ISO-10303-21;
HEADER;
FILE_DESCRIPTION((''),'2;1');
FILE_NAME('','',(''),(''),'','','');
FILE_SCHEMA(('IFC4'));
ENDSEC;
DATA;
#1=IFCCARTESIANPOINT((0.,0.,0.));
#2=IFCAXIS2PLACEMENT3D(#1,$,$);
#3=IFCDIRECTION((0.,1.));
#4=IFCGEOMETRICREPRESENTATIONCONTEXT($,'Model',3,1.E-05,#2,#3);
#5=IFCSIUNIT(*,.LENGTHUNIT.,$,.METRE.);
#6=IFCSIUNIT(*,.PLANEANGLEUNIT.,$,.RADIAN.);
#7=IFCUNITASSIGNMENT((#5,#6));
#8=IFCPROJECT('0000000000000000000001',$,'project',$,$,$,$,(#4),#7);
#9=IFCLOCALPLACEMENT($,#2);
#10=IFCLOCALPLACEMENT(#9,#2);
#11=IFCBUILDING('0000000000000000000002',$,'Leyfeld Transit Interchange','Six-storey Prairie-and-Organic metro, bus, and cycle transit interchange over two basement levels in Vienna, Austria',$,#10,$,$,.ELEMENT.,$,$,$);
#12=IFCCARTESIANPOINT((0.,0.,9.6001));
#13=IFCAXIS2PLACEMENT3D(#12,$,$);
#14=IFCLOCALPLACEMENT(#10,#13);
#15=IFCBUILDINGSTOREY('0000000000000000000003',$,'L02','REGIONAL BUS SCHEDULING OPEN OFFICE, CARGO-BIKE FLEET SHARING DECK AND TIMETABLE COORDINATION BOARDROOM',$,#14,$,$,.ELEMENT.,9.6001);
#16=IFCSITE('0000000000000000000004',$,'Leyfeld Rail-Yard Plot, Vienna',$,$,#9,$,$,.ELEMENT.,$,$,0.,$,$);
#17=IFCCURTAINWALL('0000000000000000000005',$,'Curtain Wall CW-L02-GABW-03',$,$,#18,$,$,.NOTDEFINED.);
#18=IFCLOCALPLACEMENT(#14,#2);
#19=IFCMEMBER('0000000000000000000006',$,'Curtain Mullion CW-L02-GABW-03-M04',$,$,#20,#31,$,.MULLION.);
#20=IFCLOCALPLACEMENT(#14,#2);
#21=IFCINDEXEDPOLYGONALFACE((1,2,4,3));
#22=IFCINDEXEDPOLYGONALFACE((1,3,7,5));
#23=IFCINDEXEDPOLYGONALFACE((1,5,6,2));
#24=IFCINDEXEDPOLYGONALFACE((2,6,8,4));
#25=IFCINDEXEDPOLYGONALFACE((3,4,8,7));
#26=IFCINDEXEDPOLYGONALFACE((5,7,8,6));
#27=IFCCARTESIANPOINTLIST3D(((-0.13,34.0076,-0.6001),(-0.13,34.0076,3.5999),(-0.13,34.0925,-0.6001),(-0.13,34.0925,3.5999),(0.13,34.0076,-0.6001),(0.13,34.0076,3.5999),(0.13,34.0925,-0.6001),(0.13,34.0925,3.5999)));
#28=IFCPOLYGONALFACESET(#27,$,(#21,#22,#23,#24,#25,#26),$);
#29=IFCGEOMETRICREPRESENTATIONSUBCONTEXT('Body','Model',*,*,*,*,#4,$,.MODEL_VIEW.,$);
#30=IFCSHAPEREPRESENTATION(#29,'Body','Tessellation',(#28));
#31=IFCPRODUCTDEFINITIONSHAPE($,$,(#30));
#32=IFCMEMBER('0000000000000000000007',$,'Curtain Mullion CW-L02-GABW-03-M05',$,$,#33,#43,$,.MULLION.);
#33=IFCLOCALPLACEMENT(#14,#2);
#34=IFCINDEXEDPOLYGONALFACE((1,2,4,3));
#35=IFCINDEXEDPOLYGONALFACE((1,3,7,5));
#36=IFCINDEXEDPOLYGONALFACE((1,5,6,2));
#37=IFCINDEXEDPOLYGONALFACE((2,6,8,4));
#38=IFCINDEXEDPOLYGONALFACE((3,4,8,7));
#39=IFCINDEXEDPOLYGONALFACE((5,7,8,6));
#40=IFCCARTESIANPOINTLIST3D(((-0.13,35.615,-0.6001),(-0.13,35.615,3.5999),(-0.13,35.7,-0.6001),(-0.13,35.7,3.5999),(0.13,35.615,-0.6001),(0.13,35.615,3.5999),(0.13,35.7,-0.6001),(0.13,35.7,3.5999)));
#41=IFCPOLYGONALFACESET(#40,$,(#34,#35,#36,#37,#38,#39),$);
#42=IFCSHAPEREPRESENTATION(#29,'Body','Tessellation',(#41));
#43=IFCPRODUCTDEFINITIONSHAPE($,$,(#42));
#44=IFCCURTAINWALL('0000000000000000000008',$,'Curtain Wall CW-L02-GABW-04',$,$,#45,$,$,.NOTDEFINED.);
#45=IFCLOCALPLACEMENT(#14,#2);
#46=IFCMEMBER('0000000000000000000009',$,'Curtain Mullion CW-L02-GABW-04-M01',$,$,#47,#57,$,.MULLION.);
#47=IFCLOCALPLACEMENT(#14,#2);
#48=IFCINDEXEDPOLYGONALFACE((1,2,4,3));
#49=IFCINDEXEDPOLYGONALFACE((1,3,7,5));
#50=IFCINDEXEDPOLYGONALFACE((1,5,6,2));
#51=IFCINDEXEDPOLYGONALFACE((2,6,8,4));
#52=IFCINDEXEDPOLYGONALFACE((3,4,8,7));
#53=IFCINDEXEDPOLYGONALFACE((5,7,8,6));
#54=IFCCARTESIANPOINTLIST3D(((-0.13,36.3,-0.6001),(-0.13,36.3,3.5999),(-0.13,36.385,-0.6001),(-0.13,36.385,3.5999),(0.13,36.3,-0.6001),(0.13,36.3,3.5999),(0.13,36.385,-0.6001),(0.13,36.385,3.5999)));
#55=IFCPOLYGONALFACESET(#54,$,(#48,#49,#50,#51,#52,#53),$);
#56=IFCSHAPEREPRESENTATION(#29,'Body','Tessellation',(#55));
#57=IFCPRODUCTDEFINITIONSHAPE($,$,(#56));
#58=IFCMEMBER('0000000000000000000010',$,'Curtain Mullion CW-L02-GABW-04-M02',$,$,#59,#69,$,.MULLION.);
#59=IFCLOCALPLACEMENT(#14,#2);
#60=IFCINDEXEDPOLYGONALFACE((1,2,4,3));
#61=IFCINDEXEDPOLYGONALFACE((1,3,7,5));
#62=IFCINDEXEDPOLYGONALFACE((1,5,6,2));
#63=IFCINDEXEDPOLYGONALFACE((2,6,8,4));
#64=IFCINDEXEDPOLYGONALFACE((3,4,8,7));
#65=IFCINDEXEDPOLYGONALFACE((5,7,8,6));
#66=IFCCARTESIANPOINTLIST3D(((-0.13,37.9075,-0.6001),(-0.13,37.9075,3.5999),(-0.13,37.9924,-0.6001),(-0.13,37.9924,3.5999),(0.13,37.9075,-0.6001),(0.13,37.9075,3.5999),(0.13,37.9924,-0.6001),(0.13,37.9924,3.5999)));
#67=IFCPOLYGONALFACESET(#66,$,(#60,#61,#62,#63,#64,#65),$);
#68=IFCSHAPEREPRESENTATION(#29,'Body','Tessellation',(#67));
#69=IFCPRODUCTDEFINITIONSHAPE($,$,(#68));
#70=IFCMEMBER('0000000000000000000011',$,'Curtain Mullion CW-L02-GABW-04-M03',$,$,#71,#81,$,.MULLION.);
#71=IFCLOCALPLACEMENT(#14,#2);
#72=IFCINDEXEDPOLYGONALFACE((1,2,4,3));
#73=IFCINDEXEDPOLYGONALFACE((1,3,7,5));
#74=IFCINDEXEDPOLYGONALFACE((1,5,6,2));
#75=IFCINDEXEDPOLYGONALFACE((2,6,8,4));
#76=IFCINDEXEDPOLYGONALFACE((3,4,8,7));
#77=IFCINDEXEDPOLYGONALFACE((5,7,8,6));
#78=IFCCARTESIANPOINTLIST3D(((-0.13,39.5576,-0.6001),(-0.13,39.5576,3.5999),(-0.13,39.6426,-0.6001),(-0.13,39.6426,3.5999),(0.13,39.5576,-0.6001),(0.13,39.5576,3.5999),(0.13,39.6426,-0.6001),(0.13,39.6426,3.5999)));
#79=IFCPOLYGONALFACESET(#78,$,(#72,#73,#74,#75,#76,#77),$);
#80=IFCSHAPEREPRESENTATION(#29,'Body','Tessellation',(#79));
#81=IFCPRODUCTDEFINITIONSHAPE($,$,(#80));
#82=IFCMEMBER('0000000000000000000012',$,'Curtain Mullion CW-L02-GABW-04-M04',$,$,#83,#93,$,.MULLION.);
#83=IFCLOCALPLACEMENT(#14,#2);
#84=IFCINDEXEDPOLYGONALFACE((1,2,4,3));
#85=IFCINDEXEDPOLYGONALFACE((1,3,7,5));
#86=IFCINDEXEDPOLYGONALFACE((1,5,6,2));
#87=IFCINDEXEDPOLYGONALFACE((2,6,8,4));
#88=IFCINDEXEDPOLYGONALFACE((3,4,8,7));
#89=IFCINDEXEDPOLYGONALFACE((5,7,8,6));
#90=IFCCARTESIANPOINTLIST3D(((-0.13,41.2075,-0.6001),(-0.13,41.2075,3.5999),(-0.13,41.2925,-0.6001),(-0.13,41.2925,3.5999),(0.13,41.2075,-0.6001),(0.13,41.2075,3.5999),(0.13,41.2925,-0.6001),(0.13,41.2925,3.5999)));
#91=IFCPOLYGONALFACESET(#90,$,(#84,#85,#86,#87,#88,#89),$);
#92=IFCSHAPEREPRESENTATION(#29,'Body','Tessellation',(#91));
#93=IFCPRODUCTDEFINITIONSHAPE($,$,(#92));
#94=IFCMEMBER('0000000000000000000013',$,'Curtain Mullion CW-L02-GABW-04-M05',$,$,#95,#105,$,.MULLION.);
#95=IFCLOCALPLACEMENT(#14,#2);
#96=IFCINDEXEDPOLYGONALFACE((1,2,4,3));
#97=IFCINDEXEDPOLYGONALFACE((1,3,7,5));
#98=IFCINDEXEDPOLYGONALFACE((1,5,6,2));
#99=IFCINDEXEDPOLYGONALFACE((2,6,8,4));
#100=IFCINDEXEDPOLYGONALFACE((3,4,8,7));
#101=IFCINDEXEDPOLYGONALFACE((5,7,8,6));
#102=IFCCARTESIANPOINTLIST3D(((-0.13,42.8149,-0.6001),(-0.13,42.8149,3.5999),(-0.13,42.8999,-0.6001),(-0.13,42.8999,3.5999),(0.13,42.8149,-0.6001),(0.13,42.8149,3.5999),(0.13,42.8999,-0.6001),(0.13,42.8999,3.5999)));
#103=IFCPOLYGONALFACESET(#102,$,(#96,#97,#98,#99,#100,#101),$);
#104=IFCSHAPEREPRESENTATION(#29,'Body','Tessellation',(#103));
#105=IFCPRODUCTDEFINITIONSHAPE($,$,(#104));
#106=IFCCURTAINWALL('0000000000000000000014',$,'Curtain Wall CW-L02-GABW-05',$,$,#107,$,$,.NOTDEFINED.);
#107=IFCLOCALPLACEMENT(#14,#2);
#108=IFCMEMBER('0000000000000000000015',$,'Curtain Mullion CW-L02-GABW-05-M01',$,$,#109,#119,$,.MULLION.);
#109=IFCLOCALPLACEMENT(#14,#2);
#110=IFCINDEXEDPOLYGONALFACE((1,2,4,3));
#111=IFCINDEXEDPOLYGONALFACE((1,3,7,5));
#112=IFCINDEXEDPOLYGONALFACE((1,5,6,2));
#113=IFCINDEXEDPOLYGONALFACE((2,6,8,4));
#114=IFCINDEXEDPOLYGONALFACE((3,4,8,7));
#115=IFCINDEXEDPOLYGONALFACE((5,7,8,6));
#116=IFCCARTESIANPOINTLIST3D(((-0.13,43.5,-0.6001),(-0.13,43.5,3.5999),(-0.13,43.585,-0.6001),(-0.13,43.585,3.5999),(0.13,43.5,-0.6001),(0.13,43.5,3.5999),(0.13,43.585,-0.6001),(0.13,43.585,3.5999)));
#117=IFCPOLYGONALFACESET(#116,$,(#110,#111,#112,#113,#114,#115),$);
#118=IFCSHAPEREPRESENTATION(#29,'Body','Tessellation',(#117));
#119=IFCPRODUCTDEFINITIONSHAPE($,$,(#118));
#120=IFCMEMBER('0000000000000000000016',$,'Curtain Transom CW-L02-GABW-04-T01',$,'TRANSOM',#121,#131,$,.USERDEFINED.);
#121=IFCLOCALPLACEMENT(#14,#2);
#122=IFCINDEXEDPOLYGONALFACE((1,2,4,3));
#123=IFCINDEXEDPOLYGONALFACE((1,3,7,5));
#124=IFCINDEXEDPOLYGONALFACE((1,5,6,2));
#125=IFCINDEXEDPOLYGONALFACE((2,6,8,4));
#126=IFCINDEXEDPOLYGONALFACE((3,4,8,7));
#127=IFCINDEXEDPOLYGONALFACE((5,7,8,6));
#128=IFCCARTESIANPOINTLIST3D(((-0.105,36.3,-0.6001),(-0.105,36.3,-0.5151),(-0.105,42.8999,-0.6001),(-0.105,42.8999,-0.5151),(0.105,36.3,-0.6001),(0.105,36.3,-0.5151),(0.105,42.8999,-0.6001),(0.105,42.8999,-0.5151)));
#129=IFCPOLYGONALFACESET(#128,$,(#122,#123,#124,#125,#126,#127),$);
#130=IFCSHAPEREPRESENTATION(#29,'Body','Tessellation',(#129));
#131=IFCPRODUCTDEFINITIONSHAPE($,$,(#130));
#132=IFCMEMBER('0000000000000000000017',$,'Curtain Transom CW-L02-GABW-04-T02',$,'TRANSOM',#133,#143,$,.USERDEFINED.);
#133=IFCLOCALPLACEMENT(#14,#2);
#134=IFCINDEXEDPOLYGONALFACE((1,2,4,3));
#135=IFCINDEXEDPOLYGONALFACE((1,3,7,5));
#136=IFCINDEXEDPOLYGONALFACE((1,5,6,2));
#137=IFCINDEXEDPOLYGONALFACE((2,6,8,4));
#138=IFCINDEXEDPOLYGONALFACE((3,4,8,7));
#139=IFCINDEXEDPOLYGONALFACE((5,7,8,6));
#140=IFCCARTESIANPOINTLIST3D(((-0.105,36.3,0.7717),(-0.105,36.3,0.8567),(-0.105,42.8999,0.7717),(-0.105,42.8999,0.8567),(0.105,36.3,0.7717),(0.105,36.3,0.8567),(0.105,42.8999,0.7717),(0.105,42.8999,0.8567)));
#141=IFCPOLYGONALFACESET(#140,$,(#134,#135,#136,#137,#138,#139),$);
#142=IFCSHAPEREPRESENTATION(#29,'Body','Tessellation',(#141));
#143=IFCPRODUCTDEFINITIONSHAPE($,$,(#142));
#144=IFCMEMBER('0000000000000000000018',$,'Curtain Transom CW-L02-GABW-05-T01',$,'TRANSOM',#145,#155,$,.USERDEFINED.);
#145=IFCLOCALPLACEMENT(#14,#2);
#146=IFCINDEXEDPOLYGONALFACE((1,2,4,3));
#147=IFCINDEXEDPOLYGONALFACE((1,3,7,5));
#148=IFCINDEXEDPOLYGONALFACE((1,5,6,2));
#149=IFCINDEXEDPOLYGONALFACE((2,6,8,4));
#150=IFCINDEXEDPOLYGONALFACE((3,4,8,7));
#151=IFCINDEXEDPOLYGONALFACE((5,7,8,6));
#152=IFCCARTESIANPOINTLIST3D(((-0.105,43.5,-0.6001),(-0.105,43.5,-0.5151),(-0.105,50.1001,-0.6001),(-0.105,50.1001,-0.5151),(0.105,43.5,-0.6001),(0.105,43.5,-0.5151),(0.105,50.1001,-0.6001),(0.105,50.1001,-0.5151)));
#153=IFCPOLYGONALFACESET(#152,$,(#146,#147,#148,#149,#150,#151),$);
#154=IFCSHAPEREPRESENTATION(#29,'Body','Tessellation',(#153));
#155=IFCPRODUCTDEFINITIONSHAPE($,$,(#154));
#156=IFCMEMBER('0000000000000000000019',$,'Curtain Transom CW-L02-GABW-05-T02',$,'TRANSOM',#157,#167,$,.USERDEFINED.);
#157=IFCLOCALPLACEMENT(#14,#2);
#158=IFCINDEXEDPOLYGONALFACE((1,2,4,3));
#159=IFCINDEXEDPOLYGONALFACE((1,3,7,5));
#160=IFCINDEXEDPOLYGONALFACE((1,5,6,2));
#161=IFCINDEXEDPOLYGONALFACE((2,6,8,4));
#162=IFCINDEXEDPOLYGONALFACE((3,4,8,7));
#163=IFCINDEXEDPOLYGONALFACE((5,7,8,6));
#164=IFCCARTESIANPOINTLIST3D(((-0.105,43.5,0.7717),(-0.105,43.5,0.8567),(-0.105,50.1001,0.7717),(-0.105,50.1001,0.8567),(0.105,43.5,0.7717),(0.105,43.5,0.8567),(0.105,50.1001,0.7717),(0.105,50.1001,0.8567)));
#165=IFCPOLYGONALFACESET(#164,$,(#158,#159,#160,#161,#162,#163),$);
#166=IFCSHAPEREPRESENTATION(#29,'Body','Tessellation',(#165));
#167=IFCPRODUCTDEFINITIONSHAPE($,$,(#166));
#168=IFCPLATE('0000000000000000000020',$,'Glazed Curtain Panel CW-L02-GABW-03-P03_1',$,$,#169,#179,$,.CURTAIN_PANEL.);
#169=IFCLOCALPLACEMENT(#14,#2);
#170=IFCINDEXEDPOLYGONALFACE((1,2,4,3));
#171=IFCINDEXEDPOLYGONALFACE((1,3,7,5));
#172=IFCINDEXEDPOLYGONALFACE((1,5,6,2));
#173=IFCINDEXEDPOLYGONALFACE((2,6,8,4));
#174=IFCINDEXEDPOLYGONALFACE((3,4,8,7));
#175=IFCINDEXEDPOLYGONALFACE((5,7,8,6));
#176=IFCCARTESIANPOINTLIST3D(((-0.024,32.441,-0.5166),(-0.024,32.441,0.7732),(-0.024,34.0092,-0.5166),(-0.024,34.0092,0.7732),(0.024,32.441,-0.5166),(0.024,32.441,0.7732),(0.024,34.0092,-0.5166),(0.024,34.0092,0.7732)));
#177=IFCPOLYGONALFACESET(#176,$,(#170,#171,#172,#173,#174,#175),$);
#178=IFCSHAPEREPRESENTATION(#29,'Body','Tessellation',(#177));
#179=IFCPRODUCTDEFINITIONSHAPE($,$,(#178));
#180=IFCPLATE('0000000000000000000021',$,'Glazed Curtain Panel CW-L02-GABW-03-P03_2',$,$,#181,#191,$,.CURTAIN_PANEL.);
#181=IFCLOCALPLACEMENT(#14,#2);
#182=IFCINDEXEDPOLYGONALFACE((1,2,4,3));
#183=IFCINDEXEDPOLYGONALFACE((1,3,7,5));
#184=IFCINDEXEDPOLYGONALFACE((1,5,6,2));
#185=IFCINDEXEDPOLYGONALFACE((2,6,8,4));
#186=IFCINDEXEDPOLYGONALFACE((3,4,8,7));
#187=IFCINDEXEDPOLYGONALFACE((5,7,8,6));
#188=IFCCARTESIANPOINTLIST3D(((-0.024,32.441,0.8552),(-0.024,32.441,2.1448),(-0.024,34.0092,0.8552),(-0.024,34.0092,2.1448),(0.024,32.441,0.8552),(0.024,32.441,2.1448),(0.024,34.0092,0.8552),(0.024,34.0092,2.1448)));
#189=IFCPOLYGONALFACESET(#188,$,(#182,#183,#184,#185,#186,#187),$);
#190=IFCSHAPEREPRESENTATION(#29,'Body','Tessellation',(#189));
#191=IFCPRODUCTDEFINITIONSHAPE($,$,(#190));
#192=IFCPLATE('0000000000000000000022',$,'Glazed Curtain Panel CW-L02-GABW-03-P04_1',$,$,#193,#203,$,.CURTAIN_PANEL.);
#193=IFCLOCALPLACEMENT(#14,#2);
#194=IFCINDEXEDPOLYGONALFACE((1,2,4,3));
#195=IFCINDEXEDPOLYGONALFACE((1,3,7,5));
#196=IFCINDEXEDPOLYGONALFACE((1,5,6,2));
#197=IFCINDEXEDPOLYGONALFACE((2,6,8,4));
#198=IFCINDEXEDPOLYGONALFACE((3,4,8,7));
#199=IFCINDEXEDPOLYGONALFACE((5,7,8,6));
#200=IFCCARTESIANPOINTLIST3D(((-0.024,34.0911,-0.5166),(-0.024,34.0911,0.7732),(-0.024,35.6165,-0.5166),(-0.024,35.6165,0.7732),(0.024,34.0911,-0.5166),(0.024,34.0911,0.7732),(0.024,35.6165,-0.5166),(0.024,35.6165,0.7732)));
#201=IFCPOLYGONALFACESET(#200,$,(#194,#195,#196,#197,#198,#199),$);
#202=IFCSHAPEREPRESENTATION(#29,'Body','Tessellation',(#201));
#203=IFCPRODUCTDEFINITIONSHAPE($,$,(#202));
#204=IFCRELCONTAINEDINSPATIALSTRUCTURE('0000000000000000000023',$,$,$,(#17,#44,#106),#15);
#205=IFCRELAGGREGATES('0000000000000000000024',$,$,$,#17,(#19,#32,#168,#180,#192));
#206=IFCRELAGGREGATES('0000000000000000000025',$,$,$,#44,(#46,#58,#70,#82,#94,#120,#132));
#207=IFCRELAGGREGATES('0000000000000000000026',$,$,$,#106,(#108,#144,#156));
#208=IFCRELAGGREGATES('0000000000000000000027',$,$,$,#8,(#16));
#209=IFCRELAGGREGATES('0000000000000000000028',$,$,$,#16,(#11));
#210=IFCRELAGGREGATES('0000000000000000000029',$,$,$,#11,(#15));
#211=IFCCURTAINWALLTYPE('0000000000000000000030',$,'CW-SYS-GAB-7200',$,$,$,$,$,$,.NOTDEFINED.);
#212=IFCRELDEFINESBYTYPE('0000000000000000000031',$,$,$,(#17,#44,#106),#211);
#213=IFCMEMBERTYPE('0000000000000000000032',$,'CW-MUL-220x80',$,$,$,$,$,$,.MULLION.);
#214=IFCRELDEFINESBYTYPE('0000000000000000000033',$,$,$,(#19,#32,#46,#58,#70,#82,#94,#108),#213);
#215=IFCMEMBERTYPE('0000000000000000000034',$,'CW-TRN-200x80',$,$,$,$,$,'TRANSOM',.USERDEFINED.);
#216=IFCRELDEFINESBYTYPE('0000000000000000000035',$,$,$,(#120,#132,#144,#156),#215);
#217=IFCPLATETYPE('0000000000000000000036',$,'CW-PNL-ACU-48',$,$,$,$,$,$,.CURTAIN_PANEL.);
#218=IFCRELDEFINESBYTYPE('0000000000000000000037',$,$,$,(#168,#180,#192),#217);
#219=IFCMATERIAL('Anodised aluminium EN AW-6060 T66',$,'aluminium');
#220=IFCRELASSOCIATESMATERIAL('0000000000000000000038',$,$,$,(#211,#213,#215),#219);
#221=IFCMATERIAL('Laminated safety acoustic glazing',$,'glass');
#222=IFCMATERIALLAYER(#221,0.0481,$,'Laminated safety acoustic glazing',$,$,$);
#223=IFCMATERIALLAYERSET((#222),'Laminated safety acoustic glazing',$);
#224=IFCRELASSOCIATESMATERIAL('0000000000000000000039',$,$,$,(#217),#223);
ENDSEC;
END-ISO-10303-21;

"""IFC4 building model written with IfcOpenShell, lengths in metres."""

from ifc_helpers import new_model, si_unit, direction, frame, origin, origin_2d, place, context, subcontext, project, spatial, rectangle, extrude, material, layer, layer_set, material_profile, profile_set, type_object, element, aggregate, save


model = new_model("IFC4")

# Units and contexts
model_context = context("Model", 3, precision=1e-05, world=origin(), true_north=direction((0.0, 1.0)))
body_context = subcontext(model_context, "Body", "Model", "MODEL_VIEW")
ifc_project = project(units=[si_unit("LENGTHUNIT", "METRE"), si_unit("PLANEANGLEUNIT", "RADIAN")], contexts=[model_context])

# Site, building, storey
site_placement = place(None, origin())
site = spatial("IfcSite", under=ifc_project, at=site_placement, Name="Leyfeld Rail-Yard Plot, Vienna", CompositionType="ELEMENT", RefElevation=0.0)
building_placement = place(site_placement, origin())
building = spatial("IfcBuilding", under=site, at=building_placement, Name="Leyfeld Transit Interchange", Description="Six-storey Prairie-and-Organic metro, bus, and cycle transit interchange over two basement levels in Vienna, Austria", CompositionType="ELEMENT")
storey_placement = place(building_placement, frame((0.0, 0.0, 9.6001)))
storey = spatial("IfcBuildingStorey", under=building, at=storey_placement, Name="L02", Description="REGIONAL BUS SCHEDULING OPEN OFFICE, CARGO-BIKE FLEET SHARING DECK AND TIMETABLE COORDINATION BOARDROOM", CompositionType="ELEMENT", Elevation=9.6001)

# Curtain walls, members
ifc_material_1 = material(Name="Anodised aluminium EN AW-6060 T66", Category="aluminium")
curtain_wall_type = type_object("IfcCurtainWallType", Name="CW-SYS-GAB-7200", PredefinedType="NOTDEFINED", material=ifc_material_1)
curtain_wall_1_placement = place(storey_placement, origin())
curtain_wall_1 = element("IfcCurtainWall", 1, at=curtain_wall_1_placement, inside=storey, type_object=curtain_wall_type, Name="Curtain Wall CW-L02-GABW-03", PredefinedType="NOTDEFINED")
ifc_material_profile_1 = material_profile(ifc_material_1, rectangle(XDim=0.085, YDim=0.26, at=origin_2d()), Name="CW-M 85x260")
ifc_profile_set_1 = profile_set([ifc_material_profile_1], Name="Anodised aluminium EN AW-6060 T66")
member_type_1 = type_object("IfcMemberType", Name="CW-MUL-220x80", PredefinedType="MULLION", material=ifc_profile_set_1)
member_1_placement = place(storey_placement, frame((0.0, 34.05, -0.6001), z_axis=(0.0, 0.0, 1.0), x_axis=(0.0, 1.0, 0.0)))
member_1 = element("IfcMember", 2, at=member_1_placement, type_object=member_type_1, Name="Curtain Mullion CW-L02-GABW-03-M04", PredefinedType="MULLION", context=body_context, shape_type="SweptSolid", body=[
    extrude(rectangle(XDim=0.085, YDim=0.26, at=origin_2d()), origin(), (0.0, 0.0, 1.0), 4.2),
])
member_2_placement = place(storey_placement, frame((0.0, 35.6575, -0.6001), z_axis=(0.0, 0.0, 1.0), x_axis=(0.0, 1.0, 0.0)))
member_2 = element("IfcMember", 3, at=member_2_placement, type_object=member_type_1, Name="Curtain Mullion CW-L02-GABW-03-M05", PredefinedType="MULLION", context=body_context, shape_type="SweptSolid", body=[
    extrude(rectangle(XDim=0.085, YDim=0.26, at=origin_2d()), origin(), (0.0, 0.0, 1.0), 4.2),
])
curtain_wall_2_placement = place(storey_placement, origin())
curtain_wall_2 = element("IfcCurtainWall", 4, at=curtain_wall_2_placement, inside=storey, type_object=curtain_wall_type, Name="Curtain Wall CW-L02-GABW-04", PredefinedType="NOTDEFINED")
member_3_placement = place(storey_placement, frame((0.0, 36.3425, -0.6001), z_axis=(0.0, 0.0, 1.0), x_axis=(0.0, 1.0, 0.0)))
member_3 = element("IfcMember", 5, at=member_3_placement, type_object=member_type_1, Name="Curtain Mullion CW-L02-GABW-04-M01", PredefinedType="MULLION", context=body_context, shape_type="SweptSolid", body=[
    extrude(rectangle(XDim=0.085, YDim=0.26, at=origin_2d()), origin(), (0.0, 0.0, 1.0), 4.2),
])
member_4_placement = place(storey_placement, frame((0.0, 37.95, -0.6001), z_axis=(0.0, 0.0, 1.0), x_axis=(0.0, 1.0, 0.0)))
member_4 = element("IfcMember", 6, at=member_4_placement, type_object=member_type_1, Name="Curtain Mullion CW-L02-GABW-04-M02", PredefinedType="MULLION", context=body_context, shape_type="SweptSolid", body=[
    extrude(rectangle(XDim=0.085, YDim=0.26, at=origin_2d()), origin(), (0.0, 0.0, 1.0), 4.2),
])
member_5_placement = place(storey_placement, frame((0.0, 39.6001, -0.6001), z_axis=(0.0, 0.0, 1.0), x_axis=(0.0, 1.0, 0.0)))
member_5 = element("IfcMember", 7, at=member_5_placement, type_object=member_type_1, Name="Curtain Mullion CW-L02-GABW-04-M03", PredefinedType="MULLION", context=body_context, shape_type="SweptSolid", body=[
    extrude(rectangle(XDim=0.085, YDim=0.26, at=origin_2d()), origin(), (0.0, 0.0, 1.0), 4.2),
])
member_6_placement = place(storey_placement, frame((0.0, 41.25, -0.6001), z_axis=(0.0, 0.0, 1.0), x_axis=(0.0, 1.0, 0.0)))
member_6 = element("IfcMember", 8, at=member_6_placement, type_object=member_type_1, Name="Curtain Mullion CW-L02-GABW-04-M04", PredefinedType="MULLION", context=body_context, shape_type="SweptSolid", body=[
    extrude(rectangle(XDim=0.085, YDim=0.26, at=origin_2d()), origin(), (0.0, 0.0, 1.0), 4.2),
])
member_7_placement = place(storey_placement, frame((0.0, 42.8574, -0.6001), z_axis=(0.0, 0.0, 1.0), x_axis=(0.0, 1.0, 0.0)))
member_7 = element("IfcMember", 9, at=member_7_placement, type_object=member_type_1, Name="Curtain Mullion CW-L02-GABW-04-M05", PredefinedType="MULLION", context=body_context, shape_type="SweptSolid", body=[
    extrude(rectangle(XDim=0.085, YDim=0.26, at=origin_2d()), origin(), (0.0, 0.0, 1.0), 4.2),
])

# Curtain wall, member
curtain_wall_3_placement = place(storey_placement, origin())
curtain_wall_3 = element("IfcCurtainWall", 10, at=curtain_wall_3_placement, inside=storey, type_object=curtain_wall_type, Name="Curtain Wall CW-L02-GABW-05", PredefinedType="NOTDEFINED")
member_8_placement = place(storey_placement, frame((0.0, 43.5425, -0.6001), z_axis=(0.0, 0.0, 1.0), x_axis=(0.0, 1.0, 0.0)))
member_8 = element("IfcMember", 11, at=member_8_placement, type_object=member_type_1, Name="Curtain Mullion CW-L02-GABW-05-M01", PredefinedType="MULLION", context=body_context, shape_type="SweptSolid", body=[
    extrude(rectangle(XDim=0.085, YDim=0.26, at=origin_2d()), origin(), (0.0, 0.0, 1.0), 4.2),
])

# Members
ifc_material_profile_2 = material_profile(ifc_material_1, rectangle(XDim=0.21, YDim=0.085, at=origin_2d()), Name="CW-TRN-200x80")
ifc_profile_set_2 = profile_set([ifc_material_profile_2], Name="Anodised aluminium EN AW-6060 T66")
member_type_2 = type_object("IfcMemberType", Name="CW-TRN-200x80", ElementType="TRANSOM", PredefinedType="USERDEFINED", material=ifc_profile_set_2)
member_9_placement = place(storey_placement, frame((0.0, 36.3, -0.5576), z_axis=(0.0, 1.0, 0.0), x_axis=(-1.0, 0.0, 0.0)))
member_9 = element("IfcMember", 12, at=member_9_placement, type_object=member_type_2, Name="Curtain Transom CW-L02-GABW-04-T01", ObjectType="TRANSOM", PredefinedType="USERDEFINED", context=body_context, shape_type="SweptSolid", body=[
    extrude(rectangle(XDim=0.21, YDim=0.085, at=origin_2d()), origin(), (0.0, 0.0, 1.0), 6.5999),
])
member_10_placement = place(storey_placement, frame((0.0, 36.3, 0.8142), z_axis=(0.0, 1.0, 0.0), x_axis=(-1.0, 0.0, 0.0)))
member_10 = element("IfcMember", 13, at=member_10_placement, type_object=member_type_2, Name="Curtain Transom CW-L02-GABW-04-T02", ObjectType="TRANSOM", PredefinedType="USERDEFINED", context=body_context, shape_type="SweptSolid", body=[
    extrude(rectangle(XDim=0.21, YDim=0.085, at=origin_2d()), origin(), (0.0, 0.0, 1.0), 6.5999),
])
member_11_placement = place(storey_placement, frame((0.0, 43.5, -0.5576), z_axis=(0.0, 1.0, 0.0), x_axis=(-1.0, 0.0, 0.0)))
member_11 = element("IfcMember", 14, at=member_11_placement, type_object=member_type_2, Name="Curtain Transom CW-L02-GABW-05-T01", ObjectType="TRANSOM", PredefinedType="USERDEFINED", context=body_context, shape_type="SweptSolid", body=[
    extrude(rectangle(XDim=0.21, YDim=0.085, at=origin_2d()), origin(), (0.0, 0.0, 1.0), 6.6001),
])
member_12_placement = place(storey_placement, frame((0.0, 43.5, 0.8142), z_axis=(0.0, 1.0, 0.0), x_axis=(-1.0, 0.0, 0.0)))
member_12 = element("IfcMember", 15, at=member_12_placement, type_object=member_type_2, Name="Curtain Transom CW-L02-GABW-05-T02", ObjectType="TRANSOM", PredefinedType="USERDEFINED", context=body_context, shape_type="SweptSolid", body=[
    extrude(rectangle(XDim=0.21, YDim=0.085, at=origin_2d()), origin(), (0.0, 0.0, 1.0), 6.6001),
])

# Plates
ifc_material_2 = material(Name="Laminated safety acoustic glazing", Category="glass")
ifc_layer = layer(ifc_material_2, 0.0481, Name="Laminated safety acoustic glazing")
ifc_layer_set = layer_set([ifc_layer], Name="Laminated safety acoustic glazing")
plate_type = type_object("IfcPlateType", Name="CW-PNL-ACU-48", PredefinedType="CURTAIN_PANEL", material=ifc_layer_set)
plate_1_placement = place(storey_placement, frame((0.0, 33.2251, -0.5166), z_axis=(0.0, 0.0, 1.0), x_axis=(0.0, 1.0, 0.0)))
plate_1 = element("IfcPlate", 16, at=plate_1_placement, type_object=plate_type, Name="Glazed Curtain Panel CW-L02-GABW-03-P03_1", PredefinedType="CURTAIN_PANEL", context=body_context, shape_type="SweptSolid", body=[
    extrude(rectangle(XDim=1.5681, YDim=0.0481, at=origin_2d()), origin(), (0.0, 0.0, 1.0), 1.2898),
])
plate_2_placement = place(storey_placement, frame((0.0, 33.2251, 0.8552), z_axis=(0.0, 0.0, 1.0), x_axis=(0.0, 1.0, 0.0)))
plate_2 = element("IfcPlate", 17, at=plate_2_placement, type_object=plate_type, Name="Glazed Curtain Panel CW-L02-GABW-03-P03_2", PredefinedType="CURTAIN_PANEL", context=body_context, shape_type="SweptSolid", body=[
    extrude(rectangle(XDim=1.5681, YDim=0.0481, at=origin_2d()), origin(), (0.0, 0.0, 1.0), 1.2896),
])
plate_3_placement = place(storey_placement, frame((0.0, 34.8538, -0.5166), z_axis=(0.0, 0.0, 1.0), x_axis=(0.0, 1.0, 0.0)))
plate_3 = element("IfcPlate", 18, at=plate_3_placement, type_object=plate_type, Name="Glazed Curtain Panel CW-L02-GABW-03-P04_1", PredefinedType="CURTAIN_PANEL", context=body_context, shape_type="SweptSolid", body=[
    extrude(rectangle(XDim=1.5254, YDim=0.0481, at=origin_2d()), origin(), (0.0, 0.0, 1.0), 1.2898),
])
aggregate(curtain_wall_1, [member_1, member_2, plate_1, plate_2, plate_3])
aggregate(curtain_wall_2, [member_3, member_4, member_5, member_6, member_7, member_9, member_10])
aggregate(curtain_wall_3, [member_8, member_11, member_12])

save(model, "model.ifc")
